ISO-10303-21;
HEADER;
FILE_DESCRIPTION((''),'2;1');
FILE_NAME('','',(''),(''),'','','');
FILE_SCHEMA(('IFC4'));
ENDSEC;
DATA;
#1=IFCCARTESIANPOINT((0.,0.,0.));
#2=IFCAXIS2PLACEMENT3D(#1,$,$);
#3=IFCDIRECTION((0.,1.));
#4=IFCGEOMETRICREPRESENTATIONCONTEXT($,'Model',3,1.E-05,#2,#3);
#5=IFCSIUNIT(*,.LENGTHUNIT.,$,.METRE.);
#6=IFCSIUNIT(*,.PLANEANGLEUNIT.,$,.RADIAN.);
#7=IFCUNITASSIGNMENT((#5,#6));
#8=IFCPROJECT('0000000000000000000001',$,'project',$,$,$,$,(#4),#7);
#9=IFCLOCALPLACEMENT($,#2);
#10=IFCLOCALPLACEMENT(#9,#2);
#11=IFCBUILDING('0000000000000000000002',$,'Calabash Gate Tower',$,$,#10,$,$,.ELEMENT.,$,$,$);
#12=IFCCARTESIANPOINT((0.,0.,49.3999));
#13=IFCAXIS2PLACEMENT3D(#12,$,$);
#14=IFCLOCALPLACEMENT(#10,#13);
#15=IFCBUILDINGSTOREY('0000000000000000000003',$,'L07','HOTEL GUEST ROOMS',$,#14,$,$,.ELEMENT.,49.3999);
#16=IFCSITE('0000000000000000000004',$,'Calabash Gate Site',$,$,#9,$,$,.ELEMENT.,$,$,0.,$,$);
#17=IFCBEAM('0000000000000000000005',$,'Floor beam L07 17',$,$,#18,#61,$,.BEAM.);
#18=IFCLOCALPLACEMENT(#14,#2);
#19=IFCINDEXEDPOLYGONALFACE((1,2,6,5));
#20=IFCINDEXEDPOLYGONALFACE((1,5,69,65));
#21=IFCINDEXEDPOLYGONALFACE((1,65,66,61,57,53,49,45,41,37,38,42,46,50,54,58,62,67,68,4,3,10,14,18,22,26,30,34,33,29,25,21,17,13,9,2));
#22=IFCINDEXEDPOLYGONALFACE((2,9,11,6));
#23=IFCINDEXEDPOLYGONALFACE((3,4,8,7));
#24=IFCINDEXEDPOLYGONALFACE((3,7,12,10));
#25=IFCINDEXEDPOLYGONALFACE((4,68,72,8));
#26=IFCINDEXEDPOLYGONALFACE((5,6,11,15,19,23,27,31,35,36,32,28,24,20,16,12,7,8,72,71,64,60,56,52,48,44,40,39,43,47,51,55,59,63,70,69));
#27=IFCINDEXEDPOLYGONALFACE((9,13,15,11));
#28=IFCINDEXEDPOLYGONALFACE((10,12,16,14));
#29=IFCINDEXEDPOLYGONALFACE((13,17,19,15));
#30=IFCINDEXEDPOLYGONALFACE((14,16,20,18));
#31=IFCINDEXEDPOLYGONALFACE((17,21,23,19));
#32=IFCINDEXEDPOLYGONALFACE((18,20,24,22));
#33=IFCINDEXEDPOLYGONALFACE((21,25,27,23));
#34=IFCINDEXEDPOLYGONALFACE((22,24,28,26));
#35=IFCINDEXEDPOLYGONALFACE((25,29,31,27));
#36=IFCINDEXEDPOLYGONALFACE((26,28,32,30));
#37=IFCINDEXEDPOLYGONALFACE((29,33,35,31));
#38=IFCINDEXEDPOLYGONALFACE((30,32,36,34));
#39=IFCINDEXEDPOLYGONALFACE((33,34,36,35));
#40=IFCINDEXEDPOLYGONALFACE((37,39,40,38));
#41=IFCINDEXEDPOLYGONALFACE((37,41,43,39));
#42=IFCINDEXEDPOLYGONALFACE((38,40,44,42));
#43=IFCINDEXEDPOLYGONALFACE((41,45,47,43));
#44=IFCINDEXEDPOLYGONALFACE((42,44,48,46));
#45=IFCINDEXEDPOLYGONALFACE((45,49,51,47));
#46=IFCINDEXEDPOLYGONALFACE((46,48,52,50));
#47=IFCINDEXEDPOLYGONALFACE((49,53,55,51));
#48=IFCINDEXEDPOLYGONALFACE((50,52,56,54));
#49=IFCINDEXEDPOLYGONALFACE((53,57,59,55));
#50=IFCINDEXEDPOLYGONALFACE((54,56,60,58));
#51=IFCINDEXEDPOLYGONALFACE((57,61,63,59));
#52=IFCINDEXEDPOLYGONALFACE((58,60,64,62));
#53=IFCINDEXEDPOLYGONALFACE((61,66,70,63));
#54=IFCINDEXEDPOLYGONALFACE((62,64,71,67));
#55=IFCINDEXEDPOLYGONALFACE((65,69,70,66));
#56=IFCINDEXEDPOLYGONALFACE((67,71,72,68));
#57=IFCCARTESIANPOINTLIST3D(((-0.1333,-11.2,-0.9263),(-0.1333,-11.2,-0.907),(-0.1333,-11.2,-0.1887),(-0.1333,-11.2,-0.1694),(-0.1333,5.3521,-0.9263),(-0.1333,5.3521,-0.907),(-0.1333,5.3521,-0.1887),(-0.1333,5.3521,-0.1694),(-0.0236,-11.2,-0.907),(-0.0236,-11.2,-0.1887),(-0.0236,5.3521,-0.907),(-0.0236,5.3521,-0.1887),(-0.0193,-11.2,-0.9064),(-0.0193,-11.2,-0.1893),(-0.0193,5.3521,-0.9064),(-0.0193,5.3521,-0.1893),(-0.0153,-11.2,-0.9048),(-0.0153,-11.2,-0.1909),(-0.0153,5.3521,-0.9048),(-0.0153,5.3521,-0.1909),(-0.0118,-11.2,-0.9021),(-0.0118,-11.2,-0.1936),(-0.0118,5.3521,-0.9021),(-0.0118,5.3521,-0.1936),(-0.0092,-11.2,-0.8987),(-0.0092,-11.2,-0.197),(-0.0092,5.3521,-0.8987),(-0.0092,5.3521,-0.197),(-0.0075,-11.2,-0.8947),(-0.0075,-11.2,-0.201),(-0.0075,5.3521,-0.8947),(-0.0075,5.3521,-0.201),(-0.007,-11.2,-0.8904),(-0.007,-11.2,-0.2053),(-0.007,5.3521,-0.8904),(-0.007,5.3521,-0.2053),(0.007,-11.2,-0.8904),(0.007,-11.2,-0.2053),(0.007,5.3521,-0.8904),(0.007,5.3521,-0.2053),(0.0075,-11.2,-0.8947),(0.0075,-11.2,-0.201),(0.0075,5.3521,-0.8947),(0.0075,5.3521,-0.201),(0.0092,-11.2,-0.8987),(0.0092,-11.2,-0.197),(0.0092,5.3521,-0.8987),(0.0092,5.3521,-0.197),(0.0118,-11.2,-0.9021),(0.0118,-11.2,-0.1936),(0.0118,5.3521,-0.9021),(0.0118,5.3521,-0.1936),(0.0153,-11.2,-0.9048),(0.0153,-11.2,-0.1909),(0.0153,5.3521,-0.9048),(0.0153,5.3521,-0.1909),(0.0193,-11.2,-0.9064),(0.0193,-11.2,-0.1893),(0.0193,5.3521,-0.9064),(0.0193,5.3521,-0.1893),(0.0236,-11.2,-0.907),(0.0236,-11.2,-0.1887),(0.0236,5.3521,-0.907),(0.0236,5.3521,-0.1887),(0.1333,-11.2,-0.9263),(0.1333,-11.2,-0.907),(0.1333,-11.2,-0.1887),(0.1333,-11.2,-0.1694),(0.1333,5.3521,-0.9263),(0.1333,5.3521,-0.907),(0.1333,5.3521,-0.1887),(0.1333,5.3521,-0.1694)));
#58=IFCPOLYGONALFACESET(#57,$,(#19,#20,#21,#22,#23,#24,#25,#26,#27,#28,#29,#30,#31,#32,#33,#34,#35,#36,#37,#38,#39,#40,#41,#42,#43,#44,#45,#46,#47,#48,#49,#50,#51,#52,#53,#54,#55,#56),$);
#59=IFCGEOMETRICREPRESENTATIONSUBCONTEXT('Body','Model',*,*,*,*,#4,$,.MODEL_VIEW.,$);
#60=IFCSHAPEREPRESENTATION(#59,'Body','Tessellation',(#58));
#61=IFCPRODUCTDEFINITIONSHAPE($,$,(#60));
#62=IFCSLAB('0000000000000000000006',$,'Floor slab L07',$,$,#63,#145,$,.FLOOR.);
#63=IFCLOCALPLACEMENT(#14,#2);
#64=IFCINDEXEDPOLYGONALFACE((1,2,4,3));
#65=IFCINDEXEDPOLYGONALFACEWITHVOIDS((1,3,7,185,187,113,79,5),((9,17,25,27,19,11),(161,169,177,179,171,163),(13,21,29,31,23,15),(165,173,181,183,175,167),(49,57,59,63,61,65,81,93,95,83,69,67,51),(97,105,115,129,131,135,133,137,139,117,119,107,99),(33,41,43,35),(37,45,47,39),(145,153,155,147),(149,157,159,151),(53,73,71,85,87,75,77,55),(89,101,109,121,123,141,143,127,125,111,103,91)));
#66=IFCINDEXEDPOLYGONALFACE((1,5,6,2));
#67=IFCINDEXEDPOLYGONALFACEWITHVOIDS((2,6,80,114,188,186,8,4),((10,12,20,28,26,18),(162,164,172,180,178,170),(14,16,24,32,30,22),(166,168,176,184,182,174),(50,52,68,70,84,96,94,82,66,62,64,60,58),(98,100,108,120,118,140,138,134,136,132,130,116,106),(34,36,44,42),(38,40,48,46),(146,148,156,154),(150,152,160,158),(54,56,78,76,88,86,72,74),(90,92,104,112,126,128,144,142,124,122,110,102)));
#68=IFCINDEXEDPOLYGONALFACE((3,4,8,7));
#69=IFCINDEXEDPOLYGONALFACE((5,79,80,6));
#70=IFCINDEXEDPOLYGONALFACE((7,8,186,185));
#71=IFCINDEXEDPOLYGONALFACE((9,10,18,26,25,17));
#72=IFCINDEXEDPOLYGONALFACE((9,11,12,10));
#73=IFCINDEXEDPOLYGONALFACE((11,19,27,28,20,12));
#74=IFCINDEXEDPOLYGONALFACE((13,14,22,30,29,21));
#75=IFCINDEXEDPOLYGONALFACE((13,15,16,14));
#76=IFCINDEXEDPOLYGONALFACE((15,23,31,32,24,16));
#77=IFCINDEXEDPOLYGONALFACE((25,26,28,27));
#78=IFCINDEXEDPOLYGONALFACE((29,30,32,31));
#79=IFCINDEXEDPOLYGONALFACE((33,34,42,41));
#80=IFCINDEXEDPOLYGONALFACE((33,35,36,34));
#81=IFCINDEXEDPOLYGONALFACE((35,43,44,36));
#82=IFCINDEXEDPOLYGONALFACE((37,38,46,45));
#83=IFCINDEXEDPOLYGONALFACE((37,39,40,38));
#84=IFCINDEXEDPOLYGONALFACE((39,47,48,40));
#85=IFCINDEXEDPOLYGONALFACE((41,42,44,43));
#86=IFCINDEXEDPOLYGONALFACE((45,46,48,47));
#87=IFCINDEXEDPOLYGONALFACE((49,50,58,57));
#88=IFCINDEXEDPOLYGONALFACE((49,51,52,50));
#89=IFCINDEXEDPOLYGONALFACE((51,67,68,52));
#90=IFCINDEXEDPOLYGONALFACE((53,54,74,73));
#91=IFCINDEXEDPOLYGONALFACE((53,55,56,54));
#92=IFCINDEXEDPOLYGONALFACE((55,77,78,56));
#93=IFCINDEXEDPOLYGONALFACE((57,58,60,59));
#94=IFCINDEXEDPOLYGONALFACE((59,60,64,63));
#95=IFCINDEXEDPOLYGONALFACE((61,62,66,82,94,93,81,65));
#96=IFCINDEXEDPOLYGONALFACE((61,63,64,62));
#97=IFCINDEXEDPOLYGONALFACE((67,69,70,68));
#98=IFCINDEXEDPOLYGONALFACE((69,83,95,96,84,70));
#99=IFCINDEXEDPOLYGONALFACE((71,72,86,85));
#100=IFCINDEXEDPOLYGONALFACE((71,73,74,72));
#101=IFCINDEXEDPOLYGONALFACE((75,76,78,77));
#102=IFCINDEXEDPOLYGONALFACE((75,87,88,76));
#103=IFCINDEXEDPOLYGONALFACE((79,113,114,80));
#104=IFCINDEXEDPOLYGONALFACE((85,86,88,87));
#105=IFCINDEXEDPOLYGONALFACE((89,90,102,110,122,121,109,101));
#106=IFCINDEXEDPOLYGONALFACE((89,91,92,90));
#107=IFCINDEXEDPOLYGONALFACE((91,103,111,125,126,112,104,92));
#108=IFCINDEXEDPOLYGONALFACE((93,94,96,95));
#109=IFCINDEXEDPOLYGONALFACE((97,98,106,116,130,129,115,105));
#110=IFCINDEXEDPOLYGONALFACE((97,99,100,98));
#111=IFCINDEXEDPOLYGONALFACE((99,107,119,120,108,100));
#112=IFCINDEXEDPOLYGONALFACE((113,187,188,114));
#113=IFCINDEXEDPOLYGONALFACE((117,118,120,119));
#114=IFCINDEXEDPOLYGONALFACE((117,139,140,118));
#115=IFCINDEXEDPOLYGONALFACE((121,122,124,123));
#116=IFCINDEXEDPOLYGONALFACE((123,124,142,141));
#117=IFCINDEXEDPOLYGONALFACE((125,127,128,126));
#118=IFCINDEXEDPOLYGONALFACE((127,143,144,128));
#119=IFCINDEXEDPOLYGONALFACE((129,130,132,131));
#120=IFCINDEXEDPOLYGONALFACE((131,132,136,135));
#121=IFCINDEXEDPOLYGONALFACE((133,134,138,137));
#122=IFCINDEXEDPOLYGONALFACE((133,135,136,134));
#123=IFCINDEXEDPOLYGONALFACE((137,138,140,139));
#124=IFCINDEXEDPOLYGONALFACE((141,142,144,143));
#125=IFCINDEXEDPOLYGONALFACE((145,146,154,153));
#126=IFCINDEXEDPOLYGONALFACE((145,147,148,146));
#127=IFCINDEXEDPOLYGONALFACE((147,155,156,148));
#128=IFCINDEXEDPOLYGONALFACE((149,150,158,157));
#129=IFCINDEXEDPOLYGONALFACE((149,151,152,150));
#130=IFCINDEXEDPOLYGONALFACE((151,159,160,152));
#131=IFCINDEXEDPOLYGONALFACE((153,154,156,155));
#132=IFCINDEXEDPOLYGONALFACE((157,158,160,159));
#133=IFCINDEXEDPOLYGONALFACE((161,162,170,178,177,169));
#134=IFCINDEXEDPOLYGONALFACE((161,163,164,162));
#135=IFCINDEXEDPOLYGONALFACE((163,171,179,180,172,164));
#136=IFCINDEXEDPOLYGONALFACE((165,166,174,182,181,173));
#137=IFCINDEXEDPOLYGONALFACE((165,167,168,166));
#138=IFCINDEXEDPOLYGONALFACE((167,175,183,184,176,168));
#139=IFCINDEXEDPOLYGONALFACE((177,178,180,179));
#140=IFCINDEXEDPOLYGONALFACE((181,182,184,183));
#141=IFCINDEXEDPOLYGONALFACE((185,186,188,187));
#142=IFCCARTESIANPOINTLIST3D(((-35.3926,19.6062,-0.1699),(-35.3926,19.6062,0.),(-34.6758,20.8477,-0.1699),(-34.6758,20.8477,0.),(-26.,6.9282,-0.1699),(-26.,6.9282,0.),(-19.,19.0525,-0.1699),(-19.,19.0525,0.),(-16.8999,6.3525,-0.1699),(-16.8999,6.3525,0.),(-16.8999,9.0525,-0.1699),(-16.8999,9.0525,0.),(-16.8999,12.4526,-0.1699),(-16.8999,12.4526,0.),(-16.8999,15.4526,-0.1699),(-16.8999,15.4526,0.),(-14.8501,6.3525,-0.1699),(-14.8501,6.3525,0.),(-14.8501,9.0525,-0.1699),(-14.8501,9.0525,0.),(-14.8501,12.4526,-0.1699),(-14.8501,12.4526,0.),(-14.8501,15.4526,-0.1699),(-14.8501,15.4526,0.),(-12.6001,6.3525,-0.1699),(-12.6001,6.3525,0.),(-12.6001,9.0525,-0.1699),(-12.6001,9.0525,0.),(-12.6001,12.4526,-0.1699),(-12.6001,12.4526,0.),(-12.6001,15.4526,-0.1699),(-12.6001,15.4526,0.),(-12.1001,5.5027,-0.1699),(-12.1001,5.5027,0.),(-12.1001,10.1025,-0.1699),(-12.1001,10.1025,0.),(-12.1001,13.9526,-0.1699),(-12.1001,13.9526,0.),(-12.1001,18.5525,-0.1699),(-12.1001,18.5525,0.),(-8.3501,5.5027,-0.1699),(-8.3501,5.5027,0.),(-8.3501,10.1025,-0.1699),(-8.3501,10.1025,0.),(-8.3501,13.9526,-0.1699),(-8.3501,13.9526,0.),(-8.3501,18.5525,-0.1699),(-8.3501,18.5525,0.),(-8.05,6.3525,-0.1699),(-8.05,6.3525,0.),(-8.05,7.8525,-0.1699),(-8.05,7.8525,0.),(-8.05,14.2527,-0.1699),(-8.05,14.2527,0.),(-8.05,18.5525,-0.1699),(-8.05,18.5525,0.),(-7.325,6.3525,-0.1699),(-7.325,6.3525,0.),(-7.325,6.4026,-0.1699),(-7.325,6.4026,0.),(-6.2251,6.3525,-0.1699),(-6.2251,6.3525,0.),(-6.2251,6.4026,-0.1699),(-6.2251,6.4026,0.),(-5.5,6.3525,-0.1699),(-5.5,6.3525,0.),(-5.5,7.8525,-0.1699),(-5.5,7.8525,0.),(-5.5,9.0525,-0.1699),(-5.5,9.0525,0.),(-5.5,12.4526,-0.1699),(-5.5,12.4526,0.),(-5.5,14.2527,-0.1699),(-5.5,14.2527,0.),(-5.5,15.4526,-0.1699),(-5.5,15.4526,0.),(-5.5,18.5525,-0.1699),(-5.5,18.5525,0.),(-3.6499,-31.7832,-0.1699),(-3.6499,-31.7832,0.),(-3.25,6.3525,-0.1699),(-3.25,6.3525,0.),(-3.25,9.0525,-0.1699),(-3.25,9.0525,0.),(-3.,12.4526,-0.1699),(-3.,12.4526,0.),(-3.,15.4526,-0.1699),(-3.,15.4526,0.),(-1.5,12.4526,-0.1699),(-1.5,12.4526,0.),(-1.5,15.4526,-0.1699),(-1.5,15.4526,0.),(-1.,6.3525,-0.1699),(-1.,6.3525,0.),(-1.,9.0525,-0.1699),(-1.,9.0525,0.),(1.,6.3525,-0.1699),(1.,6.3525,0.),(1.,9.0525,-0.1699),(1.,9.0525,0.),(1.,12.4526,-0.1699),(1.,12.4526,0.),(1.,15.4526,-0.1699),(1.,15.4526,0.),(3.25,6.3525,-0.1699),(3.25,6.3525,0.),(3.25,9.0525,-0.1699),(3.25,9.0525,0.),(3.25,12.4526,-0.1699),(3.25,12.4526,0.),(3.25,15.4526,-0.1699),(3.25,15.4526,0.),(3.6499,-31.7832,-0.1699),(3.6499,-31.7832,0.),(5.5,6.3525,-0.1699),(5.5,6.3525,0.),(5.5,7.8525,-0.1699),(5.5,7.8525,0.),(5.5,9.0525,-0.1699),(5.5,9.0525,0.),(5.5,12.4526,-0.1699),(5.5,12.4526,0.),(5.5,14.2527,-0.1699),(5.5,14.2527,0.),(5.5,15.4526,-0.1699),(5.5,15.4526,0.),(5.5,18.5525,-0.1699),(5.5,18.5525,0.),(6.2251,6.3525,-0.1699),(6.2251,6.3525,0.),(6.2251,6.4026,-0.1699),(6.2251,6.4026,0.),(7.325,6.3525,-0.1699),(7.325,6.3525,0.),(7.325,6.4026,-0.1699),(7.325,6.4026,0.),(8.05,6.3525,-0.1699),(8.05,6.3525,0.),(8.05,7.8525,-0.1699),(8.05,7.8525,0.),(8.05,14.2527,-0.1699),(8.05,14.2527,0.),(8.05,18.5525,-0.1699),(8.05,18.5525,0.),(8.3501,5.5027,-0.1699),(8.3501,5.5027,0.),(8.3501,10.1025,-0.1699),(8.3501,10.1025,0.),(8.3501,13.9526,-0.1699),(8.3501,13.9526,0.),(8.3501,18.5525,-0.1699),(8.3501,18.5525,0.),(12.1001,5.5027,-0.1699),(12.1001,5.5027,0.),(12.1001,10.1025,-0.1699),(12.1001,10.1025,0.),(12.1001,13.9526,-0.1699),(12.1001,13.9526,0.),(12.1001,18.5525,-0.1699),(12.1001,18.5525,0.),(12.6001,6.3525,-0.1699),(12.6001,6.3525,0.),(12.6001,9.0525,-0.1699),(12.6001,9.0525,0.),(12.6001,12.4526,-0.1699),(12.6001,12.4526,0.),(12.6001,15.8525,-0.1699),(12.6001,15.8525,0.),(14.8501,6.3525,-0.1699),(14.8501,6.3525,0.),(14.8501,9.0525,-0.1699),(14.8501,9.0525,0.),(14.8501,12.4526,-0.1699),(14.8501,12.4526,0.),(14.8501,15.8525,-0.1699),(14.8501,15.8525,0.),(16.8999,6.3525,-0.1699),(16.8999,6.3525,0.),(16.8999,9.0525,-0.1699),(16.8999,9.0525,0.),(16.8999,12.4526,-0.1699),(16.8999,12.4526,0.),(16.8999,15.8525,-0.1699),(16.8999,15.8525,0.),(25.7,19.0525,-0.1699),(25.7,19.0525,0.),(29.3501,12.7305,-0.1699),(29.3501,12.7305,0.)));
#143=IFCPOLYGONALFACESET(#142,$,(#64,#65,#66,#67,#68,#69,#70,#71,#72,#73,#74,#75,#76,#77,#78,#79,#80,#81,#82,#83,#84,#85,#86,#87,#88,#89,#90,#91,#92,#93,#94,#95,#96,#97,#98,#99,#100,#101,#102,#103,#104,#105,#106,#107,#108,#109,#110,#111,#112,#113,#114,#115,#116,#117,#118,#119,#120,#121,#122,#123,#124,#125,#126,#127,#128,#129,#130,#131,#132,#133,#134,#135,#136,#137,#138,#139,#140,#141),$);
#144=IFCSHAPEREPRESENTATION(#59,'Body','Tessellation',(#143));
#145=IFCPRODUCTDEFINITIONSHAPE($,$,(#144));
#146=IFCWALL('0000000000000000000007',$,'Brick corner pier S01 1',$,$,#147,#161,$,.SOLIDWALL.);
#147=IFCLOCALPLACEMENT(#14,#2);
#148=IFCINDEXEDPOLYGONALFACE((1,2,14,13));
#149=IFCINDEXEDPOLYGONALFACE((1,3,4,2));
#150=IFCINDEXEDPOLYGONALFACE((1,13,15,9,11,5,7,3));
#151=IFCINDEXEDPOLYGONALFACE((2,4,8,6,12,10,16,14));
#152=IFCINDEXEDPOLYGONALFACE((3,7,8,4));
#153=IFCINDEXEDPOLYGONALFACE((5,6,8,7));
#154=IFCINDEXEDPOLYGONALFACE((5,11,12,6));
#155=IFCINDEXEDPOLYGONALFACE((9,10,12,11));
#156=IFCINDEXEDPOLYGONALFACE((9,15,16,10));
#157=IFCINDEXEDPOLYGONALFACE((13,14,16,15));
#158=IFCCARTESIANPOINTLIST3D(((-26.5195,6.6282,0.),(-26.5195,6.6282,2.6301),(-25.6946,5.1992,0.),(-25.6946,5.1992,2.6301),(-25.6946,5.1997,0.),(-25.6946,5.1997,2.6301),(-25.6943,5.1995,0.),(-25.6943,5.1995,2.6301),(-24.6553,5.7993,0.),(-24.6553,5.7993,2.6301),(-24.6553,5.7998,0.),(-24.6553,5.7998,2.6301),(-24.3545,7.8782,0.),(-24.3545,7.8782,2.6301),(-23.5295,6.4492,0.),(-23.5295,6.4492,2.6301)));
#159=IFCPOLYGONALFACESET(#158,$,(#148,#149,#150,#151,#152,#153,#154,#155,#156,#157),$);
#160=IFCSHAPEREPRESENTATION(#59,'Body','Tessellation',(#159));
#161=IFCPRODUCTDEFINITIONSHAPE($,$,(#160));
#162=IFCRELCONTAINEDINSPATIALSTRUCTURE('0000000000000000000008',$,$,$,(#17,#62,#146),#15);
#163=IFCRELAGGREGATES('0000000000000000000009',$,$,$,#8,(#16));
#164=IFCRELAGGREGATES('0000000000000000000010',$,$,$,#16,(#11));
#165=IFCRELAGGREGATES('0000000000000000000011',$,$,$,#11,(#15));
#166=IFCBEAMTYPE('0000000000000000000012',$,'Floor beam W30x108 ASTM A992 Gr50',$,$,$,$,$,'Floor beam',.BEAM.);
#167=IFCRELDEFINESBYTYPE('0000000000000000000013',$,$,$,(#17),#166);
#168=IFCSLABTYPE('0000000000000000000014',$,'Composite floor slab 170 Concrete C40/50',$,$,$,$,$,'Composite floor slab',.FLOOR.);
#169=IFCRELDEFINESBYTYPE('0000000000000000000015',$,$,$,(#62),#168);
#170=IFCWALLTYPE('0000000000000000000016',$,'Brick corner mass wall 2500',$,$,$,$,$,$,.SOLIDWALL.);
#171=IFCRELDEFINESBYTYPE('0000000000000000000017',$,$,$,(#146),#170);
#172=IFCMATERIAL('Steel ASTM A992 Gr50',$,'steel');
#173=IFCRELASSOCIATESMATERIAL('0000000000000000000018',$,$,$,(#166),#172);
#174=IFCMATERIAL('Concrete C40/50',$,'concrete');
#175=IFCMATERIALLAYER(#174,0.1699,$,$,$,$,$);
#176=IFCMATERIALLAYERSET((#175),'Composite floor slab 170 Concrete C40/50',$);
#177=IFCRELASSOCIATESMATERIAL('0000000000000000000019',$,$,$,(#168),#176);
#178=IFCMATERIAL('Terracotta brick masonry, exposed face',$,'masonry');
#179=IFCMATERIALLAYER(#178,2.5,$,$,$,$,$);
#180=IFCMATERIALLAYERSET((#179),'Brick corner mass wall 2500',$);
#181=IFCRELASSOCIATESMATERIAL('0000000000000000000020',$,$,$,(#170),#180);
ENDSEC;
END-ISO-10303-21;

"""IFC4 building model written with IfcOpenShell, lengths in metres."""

from ifc_helpers import new_model, si_unit, direction, frame, origin, origin_2d, place, context, subcontext, project, spatial, polyline, i_section, outline, extrude, material, layer, layer_set, material_profile, profile_set, type_object, element, save


model = new_model("IFC4")

# Units and contexts
model_context = context("Model", 3, precision=1e-05, world=origin(), true_north=direction((0.0, 1.0)))
body_context = subcontext(model_context, "Body", "Model", "MODEL_VIEW")
ifc_project = project(units=[si_unit("LENGTHUNIT", "METRE"), si_unit("PLANEANGLEUNIT", "RADIAN")], contexts=[model_context])

# Site, building, storey
site_placement = place(None, origin())
site = spatial("IfcSite", under=ifc_project, at=site_placement, Name="Calabash Gate Site", CompositionType="ELEMENT", RefElevation=0.0)
building_placement = place(site_placement, origin())
building = spatial("IfcBuilding", under=site, at=building_placement, Name="Calabash Gate Tower", CompositionType="ELEMENT")
storey_placement = place(building_placement, frame((0.0, 0.0, 49.3999)))
storey = spatial("IfcBuildingStorey", under=building, at=storey_placement, Name="L07", Description="HOTEL GUEST ROOMS", CompositionType="ELEMENT", Elevation=49.3999)

# Beam
ifc_material_1 = material(Name="Steel ASTM A992 Gr50", Category="steel")
ifc_material_profile = material_profile(ifc_material_1, i_section(OverallWidth=0.2666, OverallDepth=0.7568, WebThickness=0.0139, FlangeThickness=0.0193, FilletRadius=0.0166, at=origin_2d()))
ifc_profile_set = profile_set([ifc_material_profile], Name="Steel ASTM A992 Gr50")
beam_type = type_object("IfcBeamType", Name="Floor beam W30x108 ASTM A992 Gr50", ElementType="Floor beam", PredefinedType="BEAM", material=ifc_profile_set)
beam_placement = place(storey_placement, frame((0.0, -11.2, -0.5479), z_axis=(0.0, 1.0, 0.0), x_axis=(-1.0, 0.0, 0.0)))
element("IfcBeam", 1, at=beam_placement, inside=storey, type_object=beam_type, Name="Floor beam L07 17", PredefinedType="BEAM", context=body_context, shape_type="SweptSolid", body=[
    extrude(i_section(OverallWidth=0.2666, OverallDepth=0.7568, WebThickness=0.0139, FlangeThickness=0.0193, FilletRadius=0.0166, at=origin_2d()), origin(), (0.0, 0.0, 1.0), 16.552),
])

# Slab
ifc_material_2 = material(Name="Concrete C40/50", Category="concrete")
ifc_layer_1 = layer(ifc_material_2, 0.1699)
ifc_layer_set_1 = layer_set([ifc_layer_1], Name="Composite floor slab 170 Concrete C40/50")
slab_type = type_object("IfcSlabType", Name="Composite floor slab 170 Concrete C40/50", ElementType="Composite floor slab", PredefinedType="FLOOR", material=ifc_layer_set_1)
slab_placement = place(storey_placement, frame((0.0, 0.0, -0.1699)))
element("IfcSlab", 2, at=slab_placement, inside=storey, type_object=slab_type, Name="Floor slab L07", PredefinedType="FLOOR", context=body_context, shape_type="SweptSolid", body=[
    extrude(outline(polyline([(-26.0, 6.9282), (-35.3926, 19.6062), (-34.6758, 20.8477), (-19.0, 19.0525), (25.7, 19.0525), (29.3501, 12.7305), (3.6499, -31.7832), (-3.6499, -31.7832), (-26.0, 6.9282)]), holes=[polyline([(-5.5, 9.0525), (-5.5, 7.8525), (-8.05, 7.8525), (-8.05, 6.3525), (-7.325, 6.3525), (-7.325, 6.4026), (-6.2251, 6.4026), (-6.2251, 6.3525), (-5.5, 6.3525), (-3.25, 6.3525), (-1.0, 6.3525), (-1.0, 9.0525), (-3.25, 9.0525), (-5.5, 9.0525)]), polyline([(5.5, 9.0525), (3.25, 9.0525), (1.0, 9.0525), (1.0, 6.3525), (3.25, 6.3525), (5.5, 6.3525), (6.2251, 6.3525), (6.2251, 6.4026), (7.325, 6.4026), (7.325, 6.3525), (8.05, 6.3525), (8.05, 7.8525), (5.5, 7.8525), (5.5, 9.0525)]), polyline([(-5.5, 14.2527), (-5.5, 12.4526), (-3.0, 12.4526), (-3.0, 15.4526), (-5.5, 15.4526), (-5.5, 18.5525), (-8.05, 18.5525), (-8.05, 14.2527), (-5.5, 14.2527)]), polyline([(8.05, 18.5525), (5.5, 18.5525), (5.5, 15.4526), (3.25, 15.4526), (1.0, 15.4526), (-1.5, 15.4526), (-1.5, 12.4526), (1.0, 12.4526), (3.25, 12.4526), (5.5, 12.4526), (5.5, 14.2527), (8.05, 14.2527), (8.05, 18.5525)]), polyline([(-12.6001, 6.3525), (-12.6001, 9.0525), (-14.8501, 9.0525), (-16.8999, 9.0525), (-16.8999, 6.3525), (-14.8501, 6.3525), (-12.6001, 6.3525)]), polyline([(-14.8501, 12.4526), (-12.6001, 12.4526), (-12.6001, 15.4526), (-14.8501, 15.4526), (-16.8999, 15.4526), (-16.8999, 12.4526), (-14.8501, 12.4526)]), polyline([(14.8501, 6.3525), (16.8999, 6.3525), (16.8999, 9.0525), (14.8501, 9.0525), (12.6001, 9.0525), (12.6001, 6.3525), (14.8501, 6.3525)]), polyline([(14.8501, 12.4526), (16.8999, 12.4526), (16.8999, 15.8525), (14.8501, 15.8525), (12.6001, 15.8525), (12.6001, 12.4526), (14.8501, 12.4526)]), polyline([(-8.3501, 18.5525), (-12.1001, 18.5525), (-12.1001, 13.9526), (-8.3501, 13.9526), (-8.3501, 18.5525)]), polyline([(-12.1001, 10.1025), (-12.1001, 5.5027), (-8.3501, 5.5027), (-8.3501, 10.1025), (-12.1001, 10.1025)]), polyline([(8.3501, 13.9526), (12.1001, 13.9526), (12.1001, 18.5525), (8.3501, 18.5525), (8.3501, 13.9526)]), polyline([(12.1001, 5.5027), (12.1001, 10.1025), (8.3501, 10.1025), (8.3501, 5.5027), (12.1001, 5.5027)])]), origin(), (0.0, 0.0, 1.0), 0.1699),
])

# Wall
ifc_material_3 = material(Name="Terracotta brick masonry, exposed face", Category="masonry")
ifc_layer_2 = layer(ifc_material_3, 2.5)
ifc_layer_set_2 = layer_set([ifc_layer_2], Name="Brick corner mass wall 2500")
wall_type_1 = type_object("IfcWallType", Name="Brick corner mass wall 2500", PredefinedType="SOLIDWALL", material=ifc_layer_set_2)
wall_1_placement = place(storey_placement, origin())
element("IfcWall", 3, at=wall_1_placement, inside=storey, type_object=wall_type_1, Name="Brick corner pier S01 1", PredefinedType="SOLIDWALL", context=body_context, shape_type="SweptSolid", body=[
    extrude(outline(polyline([(-25.6946, 5.1997), (-24.6553, 5.7998), (-24.6553, 5.7993), (-23.5295, 6.4492), (-24.3545, 7.8782), (-26.5195, 6.6282), (-25.6946, 5.1992), (-25.6943, 5.1995), (-25.6946, 5.1997)])), origin(), (0.0, 0.0, 1.0), 2.6301),
])

save(model, "model.ifc")
